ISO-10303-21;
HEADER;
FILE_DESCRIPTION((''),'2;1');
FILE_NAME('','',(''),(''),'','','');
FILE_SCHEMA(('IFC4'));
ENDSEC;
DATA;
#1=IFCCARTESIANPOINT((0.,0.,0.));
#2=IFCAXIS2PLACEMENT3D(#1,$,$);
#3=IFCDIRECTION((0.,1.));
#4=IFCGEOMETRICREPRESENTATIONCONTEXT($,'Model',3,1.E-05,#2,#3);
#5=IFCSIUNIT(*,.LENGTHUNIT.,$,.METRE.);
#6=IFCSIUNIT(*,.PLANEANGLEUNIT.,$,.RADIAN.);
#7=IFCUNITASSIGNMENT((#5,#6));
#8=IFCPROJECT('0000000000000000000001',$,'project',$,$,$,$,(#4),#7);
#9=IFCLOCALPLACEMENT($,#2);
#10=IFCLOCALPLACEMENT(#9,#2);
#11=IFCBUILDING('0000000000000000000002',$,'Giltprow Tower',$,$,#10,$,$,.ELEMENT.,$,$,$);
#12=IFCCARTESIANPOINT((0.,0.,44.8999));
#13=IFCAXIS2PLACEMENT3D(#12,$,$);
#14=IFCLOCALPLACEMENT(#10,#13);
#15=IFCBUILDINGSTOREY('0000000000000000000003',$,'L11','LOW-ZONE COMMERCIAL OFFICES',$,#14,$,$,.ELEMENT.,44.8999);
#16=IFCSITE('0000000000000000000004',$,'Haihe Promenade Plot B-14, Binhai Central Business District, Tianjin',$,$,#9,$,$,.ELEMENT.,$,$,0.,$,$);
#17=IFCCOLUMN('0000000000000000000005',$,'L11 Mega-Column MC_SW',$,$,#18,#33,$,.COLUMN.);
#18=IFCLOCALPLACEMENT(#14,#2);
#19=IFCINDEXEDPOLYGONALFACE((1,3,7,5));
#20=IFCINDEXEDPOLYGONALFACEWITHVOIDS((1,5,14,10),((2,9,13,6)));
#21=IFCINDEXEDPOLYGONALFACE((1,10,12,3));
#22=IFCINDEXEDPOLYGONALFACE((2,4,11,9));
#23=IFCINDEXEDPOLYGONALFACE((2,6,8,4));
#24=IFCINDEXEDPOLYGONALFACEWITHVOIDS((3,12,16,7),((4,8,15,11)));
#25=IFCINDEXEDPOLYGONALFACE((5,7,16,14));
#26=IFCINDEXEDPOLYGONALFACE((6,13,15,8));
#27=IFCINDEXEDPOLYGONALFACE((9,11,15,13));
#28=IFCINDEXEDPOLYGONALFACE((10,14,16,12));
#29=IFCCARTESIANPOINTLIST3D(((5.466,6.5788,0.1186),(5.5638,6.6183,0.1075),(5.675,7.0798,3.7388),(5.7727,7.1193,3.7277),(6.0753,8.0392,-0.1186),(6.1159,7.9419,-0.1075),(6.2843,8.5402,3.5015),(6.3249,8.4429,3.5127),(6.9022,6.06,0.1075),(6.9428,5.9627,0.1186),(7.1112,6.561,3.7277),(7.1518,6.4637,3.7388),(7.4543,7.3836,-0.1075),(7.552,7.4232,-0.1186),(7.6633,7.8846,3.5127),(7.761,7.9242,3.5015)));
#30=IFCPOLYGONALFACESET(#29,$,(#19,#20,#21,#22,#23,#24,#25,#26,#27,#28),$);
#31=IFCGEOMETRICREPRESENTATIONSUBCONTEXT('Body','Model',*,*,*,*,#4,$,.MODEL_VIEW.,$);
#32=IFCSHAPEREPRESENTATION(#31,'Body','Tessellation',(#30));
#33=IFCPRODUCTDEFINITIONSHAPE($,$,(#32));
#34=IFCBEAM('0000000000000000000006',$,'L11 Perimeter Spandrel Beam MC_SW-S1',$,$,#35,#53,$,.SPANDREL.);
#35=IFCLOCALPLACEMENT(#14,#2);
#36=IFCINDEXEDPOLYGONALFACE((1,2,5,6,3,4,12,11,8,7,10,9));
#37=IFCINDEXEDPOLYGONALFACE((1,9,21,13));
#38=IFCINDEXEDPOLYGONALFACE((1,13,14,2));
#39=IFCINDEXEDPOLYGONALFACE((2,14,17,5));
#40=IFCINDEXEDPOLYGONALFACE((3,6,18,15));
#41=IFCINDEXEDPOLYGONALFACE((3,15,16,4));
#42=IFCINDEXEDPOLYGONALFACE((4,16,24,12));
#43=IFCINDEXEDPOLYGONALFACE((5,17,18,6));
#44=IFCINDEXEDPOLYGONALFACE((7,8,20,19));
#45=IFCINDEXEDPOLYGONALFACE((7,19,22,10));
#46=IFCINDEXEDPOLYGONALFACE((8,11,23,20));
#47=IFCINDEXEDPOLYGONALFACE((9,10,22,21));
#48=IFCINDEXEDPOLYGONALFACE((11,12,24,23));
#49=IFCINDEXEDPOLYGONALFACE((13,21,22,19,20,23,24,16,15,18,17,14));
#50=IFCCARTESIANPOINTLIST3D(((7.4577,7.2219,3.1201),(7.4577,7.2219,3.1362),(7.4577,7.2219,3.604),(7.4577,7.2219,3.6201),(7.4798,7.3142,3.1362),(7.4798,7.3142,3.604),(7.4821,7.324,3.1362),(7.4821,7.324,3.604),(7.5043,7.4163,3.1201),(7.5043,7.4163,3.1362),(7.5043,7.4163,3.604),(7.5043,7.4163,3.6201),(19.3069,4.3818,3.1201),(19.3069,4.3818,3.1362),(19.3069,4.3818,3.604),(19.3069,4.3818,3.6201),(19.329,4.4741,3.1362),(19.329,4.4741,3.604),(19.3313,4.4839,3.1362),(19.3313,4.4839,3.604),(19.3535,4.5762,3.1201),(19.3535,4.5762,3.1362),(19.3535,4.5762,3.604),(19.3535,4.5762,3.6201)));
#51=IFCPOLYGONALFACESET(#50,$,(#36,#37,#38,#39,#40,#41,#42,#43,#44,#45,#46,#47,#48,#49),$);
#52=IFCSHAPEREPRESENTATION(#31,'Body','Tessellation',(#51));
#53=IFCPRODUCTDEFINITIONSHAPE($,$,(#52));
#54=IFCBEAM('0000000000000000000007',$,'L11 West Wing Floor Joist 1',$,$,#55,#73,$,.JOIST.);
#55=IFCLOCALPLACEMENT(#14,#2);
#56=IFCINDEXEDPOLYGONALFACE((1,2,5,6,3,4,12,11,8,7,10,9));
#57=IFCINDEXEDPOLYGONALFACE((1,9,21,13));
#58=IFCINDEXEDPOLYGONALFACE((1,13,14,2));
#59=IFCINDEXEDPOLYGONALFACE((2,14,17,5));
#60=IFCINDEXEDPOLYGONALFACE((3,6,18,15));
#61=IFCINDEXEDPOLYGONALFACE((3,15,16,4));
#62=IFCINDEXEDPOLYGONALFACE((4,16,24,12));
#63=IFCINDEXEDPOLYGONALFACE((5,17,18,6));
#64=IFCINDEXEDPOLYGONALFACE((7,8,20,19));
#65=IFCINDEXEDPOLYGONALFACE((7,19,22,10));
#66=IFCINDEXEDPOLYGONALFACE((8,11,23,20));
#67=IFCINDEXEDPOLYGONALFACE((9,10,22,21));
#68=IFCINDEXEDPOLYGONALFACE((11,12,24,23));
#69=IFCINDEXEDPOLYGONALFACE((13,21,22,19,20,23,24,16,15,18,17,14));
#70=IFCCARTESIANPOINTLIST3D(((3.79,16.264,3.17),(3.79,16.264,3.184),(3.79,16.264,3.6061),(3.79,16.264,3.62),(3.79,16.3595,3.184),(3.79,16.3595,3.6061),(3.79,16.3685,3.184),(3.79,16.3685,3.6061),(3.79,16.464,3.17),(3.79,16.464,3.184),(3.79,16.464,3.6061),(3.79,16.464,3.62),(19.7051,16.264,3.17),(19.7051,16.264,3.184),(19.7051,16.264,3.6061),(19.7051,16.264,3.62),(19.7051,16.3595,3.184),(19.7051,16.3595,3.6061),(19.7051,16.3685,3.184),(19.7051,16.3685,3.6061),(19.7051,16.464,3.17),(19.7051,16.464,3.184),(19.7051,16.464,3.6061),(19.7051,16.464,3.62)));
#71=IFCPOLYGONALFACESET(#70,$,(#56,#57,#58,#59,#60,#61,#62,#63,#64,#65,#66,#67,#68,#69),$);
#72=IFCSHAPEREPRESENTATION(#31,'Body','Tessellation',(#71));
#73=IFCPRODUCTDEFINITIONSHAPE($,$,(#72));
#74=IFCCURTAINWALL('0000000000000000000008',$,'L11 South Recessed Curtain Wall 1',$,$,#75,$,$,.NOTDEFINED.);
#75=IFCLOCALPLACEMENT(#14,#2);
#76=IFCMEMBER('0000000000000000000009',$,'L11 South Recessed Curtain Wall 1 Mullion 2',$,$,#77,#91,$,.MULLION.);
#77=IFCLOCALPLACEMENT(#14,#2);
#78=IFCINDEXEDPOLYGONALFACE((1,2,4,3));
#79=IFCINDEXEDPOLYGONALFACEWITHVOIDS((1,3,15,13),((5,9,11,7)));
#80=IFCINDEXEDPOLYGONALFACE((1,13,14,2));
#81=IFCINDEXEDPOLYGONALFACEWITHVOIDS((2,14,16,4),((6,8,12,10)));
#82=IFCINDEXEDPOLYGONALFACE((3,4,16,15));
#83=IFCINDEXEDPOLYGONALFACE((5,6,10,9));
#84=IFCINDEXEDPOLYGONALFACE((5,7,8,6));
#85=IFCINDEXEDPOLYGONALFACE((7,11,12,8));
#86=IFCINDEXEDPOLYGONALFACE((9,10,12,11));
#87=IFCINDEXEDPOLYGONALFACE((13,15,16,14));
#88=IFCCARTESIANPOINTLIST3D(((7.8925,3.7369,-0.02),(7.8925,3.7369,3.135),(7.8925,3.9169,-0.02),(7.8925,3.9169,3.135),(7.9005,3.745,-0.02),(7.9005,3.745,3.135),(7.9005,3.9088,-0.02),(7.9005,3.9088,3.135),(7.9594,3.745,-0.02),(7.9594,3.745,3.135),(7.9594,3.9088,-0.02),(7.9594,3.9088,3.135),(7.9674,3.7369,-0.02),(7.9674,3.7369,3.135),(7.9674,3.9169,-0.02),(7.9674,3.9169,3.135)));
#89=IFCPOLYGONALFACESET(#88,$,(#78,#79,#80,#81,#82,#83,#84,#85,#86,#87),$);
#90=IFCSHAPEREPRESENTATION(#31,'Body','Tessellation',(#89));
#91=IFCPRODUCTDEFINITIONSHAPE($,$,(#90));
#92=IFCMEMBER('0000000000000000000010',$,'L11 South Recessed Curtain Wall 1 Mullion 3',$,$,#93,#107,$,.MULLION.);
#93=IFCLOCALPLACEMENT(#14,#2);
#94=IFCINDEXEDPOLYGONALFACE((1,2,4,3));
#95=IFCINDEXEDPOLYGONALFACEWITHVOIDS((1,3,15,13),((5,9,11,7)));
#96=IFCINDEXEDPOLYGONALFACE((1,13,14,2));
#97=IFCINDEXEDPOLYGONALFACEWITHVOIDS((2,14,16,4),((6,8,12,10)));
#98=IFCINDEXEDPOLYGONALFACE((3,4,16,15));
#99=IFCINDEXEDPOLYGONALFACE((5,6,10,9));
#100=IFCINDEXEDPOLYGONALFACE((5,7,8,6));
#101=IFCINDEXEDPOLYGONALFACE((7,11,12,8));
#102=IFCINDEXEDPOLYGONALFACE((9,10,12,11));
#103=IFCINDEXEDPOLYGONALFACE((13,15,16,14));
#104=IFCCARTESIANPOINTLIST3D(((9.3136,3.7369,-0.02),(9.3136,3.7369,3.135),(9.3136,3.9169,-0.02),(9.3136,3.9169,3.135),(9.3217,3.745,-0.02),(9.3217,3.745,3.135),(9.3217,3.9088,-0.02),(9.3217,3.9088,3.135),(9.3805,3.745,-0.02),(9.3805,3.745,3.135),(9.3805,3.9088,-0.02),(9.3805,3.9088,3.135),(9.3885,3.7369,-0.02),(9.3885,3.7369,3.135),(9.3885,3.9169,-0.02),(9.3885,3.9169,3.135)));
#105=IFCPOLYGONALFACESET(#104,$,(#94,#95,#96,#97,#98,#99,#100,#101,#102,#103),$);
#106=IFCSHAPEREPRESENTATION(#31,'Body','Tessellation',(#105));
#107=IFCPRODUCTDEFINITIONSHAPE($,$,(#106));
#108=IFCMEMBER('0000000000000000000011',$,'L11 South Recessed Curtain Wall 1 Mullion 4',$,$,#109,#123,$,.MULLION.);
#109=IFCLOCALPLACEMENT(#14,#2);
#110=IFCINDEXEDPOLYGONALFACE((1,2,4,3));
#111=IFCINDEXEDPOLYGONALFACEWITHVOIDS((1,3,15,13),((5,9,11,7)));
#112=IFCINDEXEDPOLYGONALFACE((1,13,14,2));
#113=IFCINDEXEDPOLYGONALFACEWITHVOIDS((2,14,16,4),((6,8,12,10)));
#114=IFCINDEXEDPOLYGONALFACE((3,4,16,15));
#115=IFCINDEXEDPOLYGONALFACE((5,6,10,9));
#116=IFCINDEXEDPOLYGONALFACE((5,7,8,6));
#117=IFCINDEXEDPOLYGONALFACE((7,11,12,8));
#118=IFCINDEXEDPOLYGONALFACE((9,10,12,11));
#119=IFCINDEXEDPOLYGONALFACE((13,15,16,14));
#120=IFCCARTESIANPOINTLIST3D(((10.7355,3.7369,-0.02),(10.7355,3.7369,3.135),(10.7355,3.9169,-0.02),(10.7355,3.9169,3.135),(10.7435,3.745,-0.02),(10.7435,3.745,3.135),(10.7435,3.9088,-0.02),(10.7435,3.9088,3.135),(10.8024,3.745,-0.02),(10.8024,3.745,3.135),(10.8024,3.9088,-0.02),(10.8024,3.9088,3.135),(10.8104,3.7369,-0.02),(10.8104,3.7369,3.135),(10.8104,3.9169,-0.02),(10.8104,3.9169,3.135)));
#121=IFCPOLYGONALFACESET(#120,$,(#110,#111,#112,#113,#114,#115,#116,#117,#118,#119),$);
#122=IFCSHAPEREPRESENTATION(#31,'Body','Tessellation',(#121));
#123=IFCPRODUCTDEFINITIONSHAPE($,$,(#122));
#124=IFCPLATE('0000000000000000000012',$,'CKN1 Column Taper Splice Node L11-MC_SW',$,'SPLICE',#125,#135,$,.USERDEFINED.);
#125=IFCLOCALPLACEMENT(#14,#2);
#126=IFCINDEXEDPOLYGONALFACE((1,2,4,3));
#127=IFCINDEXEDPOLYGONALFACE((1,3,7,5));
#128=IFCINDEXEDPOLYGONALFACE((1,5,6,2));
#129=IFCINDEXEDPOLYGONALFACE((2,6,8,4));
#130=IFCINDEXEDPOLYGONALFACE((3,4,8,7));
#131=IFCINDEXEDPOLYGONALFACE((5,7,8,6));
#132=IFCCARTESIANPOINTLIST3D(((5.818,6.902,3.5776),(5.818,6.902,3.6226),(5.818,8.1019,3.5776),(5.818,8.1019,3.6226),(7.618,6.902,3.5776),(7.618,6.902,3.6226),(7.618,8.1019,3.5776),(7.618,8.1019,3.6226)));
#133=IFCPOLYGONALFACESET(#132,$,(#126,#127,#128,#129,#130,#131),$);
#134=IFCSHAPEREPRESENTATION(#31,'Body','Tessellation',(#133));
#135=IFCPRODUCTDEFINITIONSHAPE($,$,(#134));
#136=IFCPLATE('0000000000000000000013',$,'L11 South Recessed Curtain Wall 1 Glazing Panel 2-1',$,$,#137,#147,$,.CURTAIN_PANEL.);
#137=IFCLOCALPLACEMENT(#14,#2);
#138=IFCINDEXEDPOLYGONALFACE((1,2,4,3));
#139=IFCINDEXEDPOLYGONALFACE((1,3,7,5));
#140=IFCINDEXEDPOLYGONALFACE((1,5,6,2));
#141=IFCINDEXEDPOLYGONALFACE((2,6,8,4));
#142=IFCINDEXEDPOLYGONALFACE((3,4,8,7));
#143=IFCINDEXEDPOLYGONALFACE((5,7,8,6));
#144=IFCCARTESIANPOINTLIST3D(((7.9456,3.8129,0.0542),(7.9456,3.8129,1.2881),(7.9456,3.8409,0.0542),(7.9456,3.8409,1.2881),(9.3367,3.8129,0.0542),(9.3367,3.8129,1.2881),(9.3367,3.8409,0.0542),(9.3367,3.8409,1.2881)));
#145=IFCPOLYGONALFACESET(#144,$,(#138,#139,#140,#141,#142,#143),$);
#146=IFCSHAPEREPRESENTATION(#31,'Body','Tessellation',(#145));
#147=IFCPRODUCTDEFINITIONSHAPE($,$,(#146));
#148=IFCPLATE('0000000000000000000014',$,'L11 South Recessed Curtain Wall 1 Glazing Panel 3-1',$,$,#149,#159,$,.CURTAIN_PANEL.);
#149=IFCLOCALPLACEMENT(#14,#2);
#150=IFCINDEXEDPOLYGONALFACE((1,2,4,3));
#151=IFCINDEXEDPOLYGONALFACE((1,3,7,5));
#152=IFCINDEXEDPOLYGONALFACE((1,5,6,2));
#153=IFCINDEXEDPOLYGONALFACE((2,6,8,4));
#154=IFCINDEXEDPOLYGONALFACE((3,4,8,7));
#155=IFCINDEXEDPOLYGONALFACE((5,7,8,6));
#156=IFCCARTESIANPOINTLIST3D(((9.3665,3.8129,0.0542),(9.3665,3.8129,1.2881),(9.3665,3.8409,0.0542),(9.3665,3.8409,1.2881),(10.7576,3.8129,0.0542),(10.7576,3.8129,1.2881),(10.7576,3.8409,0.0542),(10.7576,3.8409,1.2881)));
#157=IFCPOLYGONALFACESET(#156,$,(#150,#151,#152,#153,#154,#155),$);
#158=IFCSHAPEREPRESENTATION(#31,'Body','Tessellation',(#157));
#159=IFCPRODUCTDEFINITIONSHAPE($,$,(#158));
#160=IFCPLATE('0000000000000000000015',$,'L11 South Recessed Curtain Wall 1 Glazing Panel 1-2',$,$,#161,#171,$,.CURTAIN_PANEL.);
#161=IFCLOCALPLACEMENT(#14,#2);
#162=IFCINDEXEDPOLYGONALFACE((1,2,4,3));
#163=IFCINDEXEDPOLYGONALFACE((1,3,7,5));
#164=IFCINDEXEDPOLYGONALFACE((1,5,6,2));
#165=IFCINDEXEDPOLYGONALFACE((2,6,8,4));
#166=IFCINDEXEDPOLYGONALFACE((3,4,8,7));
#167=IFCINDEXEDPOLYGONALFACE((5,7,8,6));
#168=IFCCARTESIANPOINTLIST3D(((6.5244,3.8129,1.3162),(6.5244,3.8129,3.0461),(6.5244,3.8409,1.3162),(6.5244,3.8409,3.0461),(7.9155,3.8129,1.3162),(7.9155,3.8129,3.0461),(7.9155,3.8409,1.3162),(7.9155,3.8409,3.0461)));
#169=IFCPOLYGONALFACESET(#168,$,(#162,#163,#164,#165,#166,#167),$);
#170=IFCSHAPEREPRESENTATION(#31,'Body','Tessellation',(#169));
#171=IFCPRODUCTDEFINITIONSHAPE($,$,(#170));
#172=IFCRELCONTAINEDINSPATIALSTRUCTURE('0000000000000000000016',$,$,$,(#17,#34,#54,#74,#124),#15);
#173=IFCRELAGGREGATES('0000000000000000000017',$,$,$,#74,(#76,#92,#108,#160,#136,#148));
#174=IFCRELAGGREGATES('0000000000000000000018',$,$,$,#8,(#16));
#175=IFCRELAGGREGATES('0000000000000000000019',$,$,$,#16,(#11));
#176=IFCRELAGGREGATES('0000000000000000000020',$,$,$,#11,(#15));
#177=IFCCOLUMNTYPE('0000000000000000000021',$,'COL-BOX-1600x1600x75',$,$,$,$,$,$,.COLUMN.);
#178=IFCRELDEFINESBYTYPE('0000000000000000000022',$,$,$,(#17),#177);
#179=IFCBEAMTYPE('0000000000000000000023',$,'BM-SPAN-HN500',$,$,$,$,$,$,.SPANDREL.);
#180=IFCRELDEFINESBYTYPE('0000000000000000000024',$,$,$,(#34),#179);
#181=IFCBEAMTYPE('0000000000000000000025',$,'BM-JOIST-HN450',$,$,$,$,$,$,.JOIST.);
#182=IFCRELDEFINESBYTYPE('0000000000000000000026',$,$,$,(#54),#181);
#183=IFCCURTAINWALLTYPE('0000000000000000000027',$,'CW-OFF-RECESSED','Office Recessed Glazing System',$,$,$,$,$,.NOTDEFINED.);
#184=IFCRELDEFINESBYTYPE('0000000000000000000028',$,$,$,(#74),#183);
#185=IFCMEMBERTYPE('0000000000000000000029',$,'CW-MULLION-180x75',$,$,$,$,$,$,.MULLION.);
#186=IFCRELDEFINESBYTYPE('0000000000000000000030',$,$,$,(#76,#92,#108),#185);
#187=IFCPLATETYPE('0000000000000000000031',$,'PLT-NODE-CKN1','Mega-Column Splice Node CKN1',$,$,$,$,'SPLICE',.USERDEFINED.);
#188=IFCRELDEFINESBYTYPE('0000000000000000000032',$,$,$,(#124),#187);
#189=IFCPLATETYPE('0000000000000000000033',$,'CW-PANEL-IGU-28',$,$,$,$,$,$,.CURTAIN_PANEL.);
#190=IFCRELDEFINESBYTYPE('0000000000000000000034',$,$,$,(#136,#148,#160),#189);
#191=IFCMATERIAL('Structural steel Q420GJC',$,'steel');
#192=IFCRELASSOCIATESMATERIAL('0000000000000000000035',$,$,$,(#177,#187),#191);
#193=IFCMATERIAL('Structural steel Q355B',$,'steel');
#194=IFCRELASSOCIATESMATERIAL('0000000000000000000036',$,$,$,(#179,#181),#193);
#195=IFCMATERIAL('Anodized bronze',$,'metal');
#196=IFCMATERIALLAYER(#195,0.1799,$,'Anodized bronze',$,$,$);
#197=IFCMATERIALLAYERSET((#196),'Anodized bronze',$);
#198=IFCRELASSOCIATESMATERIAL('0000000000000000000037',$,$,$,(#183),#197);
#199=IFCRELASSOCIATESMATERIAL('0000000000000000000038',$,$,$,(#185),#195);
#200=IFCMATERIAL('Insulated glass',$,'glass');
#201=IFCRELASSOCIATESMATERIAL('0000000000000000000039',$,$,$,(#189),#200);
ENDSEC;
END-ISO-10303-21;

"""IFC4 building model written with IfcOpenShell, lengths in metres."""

from ifc_helpers import new_model, si_unit, direction, frame, origin, origin_2d, place, context, subcontext, project, spatial, rectangle, hollow_rectangle, i_section, extrude, source, transform, mapped, material, layer, layer_set, material_profile, profile_set, type_object, element, aggregate, save


model = new_model("IFC4")

# Units and contexts
model_context = context("Model", 3, precision=1e-05, world=origin(), true_north=direction((0.0, 1.0)))
body_context = subcontext(model_context, "Body", "Model", "MODEL_VIEW")
ifc_project = project(units=[si_unit("LENGTHUNIT", "METRE"), si_unit("PLANEANGLEUNIT", "RADIAN")], contexts=[model_context])

# Site, building, storey
site_placement = place(None, origin())
site = spatial("IfcSite", under=ifc_project, at=site_placement, Name="Haihe Promenade Plot B-14, Binhai Central Business District, Tianjin", CompositionType="ELEMENT", RefElevation=0.0)
building_placement = place(site_placement, origin())
building = spatial("IfcBuilding", under=site, at=building_placement, Name="Giltprow Tower", CompositionType="ELEMENT")
storey_placement = place(building_placement, frame((0.0, 0.0, 44.8999)))
storey = spatial("IfcBuildingStorey", under=building, at=storey_placement, Name="L11", Description="LOW-ZONE COMMERCIAL OFFICES", CompositionType="ELEMENT", Elevation=44.8999)

# Column
ifc_material_1 = material(Name="Structural steel Q420GJC", Category="steel")
ifc_material_profile_1 = material_profile(ifc_material_1, hollow_rectangle(XDim=1.6001, YDim=1.6001, WallThickness=0.075, at=origin_2d()), Name="BOX 1600x1600x75")
ifc_profile_set_1 = profile_set([ifc_material_profile_1], Name="Structural steel Q420GJC")
column_type = type_object("IfcColumnType", Name="COL-BOX-1600x1600x75", PredefinedType="COLUMN", material=ifc_profile_set_1)
shared_shape_1 = source(origin(), body_context, "Body", "SweptSolid", [
    extrude(hollow_rectangle(XDim=1.6001, YDim=1.6001, WallThickness=0.075, at=origin_2d()), origin(), (0.0, 0.0, 1.0), 3.6606),
])
column_placement = place(storey_placement, frame((6.509, 7.001, 0.0), z_axis=(0.05709, 0.136857, 0.988944), x_axis=(-0.922917, 0.384999, 0.0)))
element("IfcColumn", 1, at=column_placement, inside=storey, type_object=column_type, Name="L11 Mega-Column MC_SW", PredefinedType="COLUMN", context=body_context, shape_type="MappedRepresentation", body=[
    mapped(shared_shape_1, transform((0.0, 0.0, 0.0), x_axis=(1.0, 0.0, 0.0), y_axis=(0.0, 1.0, 0.0), z_axis=(0.0, 0.0, 1.0), scale=1.0)),
])

# Beams
ifc_material_2 = material(Name="Structural steel Q355B", Category="steel")
ifc_material_profile_2 = material_profile(ifc_material_2, i_section(OverallWidth=0.2, OverallDepth=0.5, WebThickness=0.01, FlangeThickness=0.0161, at=origin_2d()), Name="HN 500x200x10x16")
ifc_profile_set_2 = profile_set([ifc_material_profile_2], Name="Structural steel Q355B")
beam_type_1 = type_object("IfcBeamType", Name="BM-SPAN-HN500", PredefinedType="SPANDREL", material=ifc_profile_set_2)
shared_shape_2 = source(origin(), body_context, "Body", "SweptSolid", [
    extrude(i_section(OverallWidth=0.2, OverallDepth=0.5, WebThickness=0.01, FlangeThickness=0.0161, at=origin_2d()), origin(), (0.0, 0.0, 1.0), 12.1848),
])
beam_1_placement = place(storey_placement, frame((7.481, 7.3191, 3.3701), z_axis=(0.972456, -0.233086, 0.0), x_axis=(0.233086, 0.972456, 0.0)))
element("IfcBeam", 2, at=beam_1_placement, inside=storey, type_object=beam_type_1, Name="L11 Perimeter Spandrel Beam MC_SW-S1", PredefinedType="SPANDREL", context=body_context, shape_type="MappedRepresentation", body=[
    mapped(shared_shape_2, transform((0.0, 0.0, 0.0), x_axis=(1.0, 0.0, 0.0), y_axis=(0.0, 1.0, 0.0), z_axis=(0.0, 0.0, 1.0), scale=1.0)),
])
ifc_material_profile_3 = material_profile(ifc_material_2, i_section(OverallWidth=0.2, OverallDepth=0.45, WebThickness=0.009, FlangeThickness=0.0139, at=origin_2d()), Name="HN 450x200x9x14")
ifc_profile_set_3 = profile_set([ifc_material_profile_3], Name="Structural steel Q355B")
beam_type_2 = type_object("IfcBeamType", Name="BM-JOIST-HN450", PredefinedType="JOIST", material=ifc_profile_set_3)
shared_shape_3 = source(origin(), body_context, "Body", "SweptSolid", [
    extrude(i_section(OverallWidth=0.2, OverallDepth=0.45, WebThickness=0.009, FlangeThickness=0.0139, at=origin_2d()), origin(), (0.0, 0.0, 1.0), 15.915),
])
beam_2_placement = place(storey_placement, frame((3.79, 16.364, 3.395), z_axis=(1.0, 0.0, 0.0), x_axis=(0.0, 1.0, 0.0)))
element("IfcBeam", 3, at=beam_2_placement, inside=storey, type_object=beam_type_2, Name="L11 West Wing Floor Joist 1", PredefinedType="JOIST", context=body_context, shape_type="MappedRepresentation", body=[
    mapped(shared_shape_3, transform((0.0, 0.0, 0.0), x_axis=(1.0, 0.0, 0.0), y_axis=(0.0, 1.0, 0.0), z_axis=(0.0, 0.0, 1.0), scale=1.0)),
])

# Curtain wall, members
ifc_material_3 = material(Name="Anodized bronze", Category="metal")
ifc_layer_1 = layer(ifc_material_3, 0.1799, Name="Anodized bronze")
ifc_layer_set_1 = layer_set([ifc_layer_1], Name="Anodized bronze")
curtain_wall_type = type_object("IfcCurtainWallType", Name="CW-OFF-RECESSED", Description="Office Recessed Glazing System", PredefinedType="NOTDEFINED", material=ifc_layer_set_1)
curtain_wall_placement = place(storey_placement, origin())
curtain_wall = element("IfcCurtainWall", 4, at=curtain_wall_placement, inside=storey, type_object=curtain_wall_type, Name="L11 South Recessed Curtain Wall 1", PredefinedType="NOTDEFINED")
ifc_material_profile_4 = material_profile(ifc_material_3, hollow_rectangle(XDim=0.075, YDim=0.1799, WallThickness=0.0081, at=origin_2d()), Name="RHS 180x75x8")
ifc_profile_set_4 = profile_set([ifc_material_profile_4], Name="Anodized bronze")
member_type = type_object("IfcMemberType", Name="CW-MULLION-180x75", PredefinedType="MULLION", material=ifc_profile_set_4)
shared_shape_4 = source(origin(), body_context, "Body", "SweptSolid", [
    extrude(hollow_rectangle(XDim=0.075, YDim=0.1799, WallThickness=0.0081, at=origin_2d()), origin(), (0.0, 0.0, 1.0), 3.155),
])
member_1_placement = place(storey_placement, frame((7.9299, 3.8269, -0.02), z_axis=(0.0, 0.0, 1.0), x_axis=(1.0, 0.0, 0.0)))
member_1 = element("IfcMember", 5, at=member_1_placement, type_object=member_type, Name="L11 South Recessed Curtain Wall 1 Mullion 2", PredefinedType="MULLION", context=body_context, shape_type="MappedRepresentation", body=[
    mapped(shared_shape_4, transform((0.0, 0.0, 0.0), x_axis=(1.0, 0.0, 0.0), y_axis=(0.0, 1.0, 0.0), z_axis=(0.0, 0.0, 1.0), scale=1.0)),
])
member_2_placement = place(storey_placement, frame((9.3511, 3.8269, -0.02), z_axis=(0.0, 0.0, 1.0), x_axis=(1.0, 0.0, 0.0)))
member_2 = element("IfcMember", 6, at=member_2_placement, type_object=member_type, Name="L11 South Recessed Curtain Wall 1 Mullion 3", PredefinedType="MULLION", context=body_context, shape_type="MappedRepresentation", body=[
    mapped(shared_shape_4, transform((0.0, 0.0, 0.0), x_axis=(1.0, 0.0, 0.0), y_axis=(0.0, 1.0, 0.0), z_axis=(0.0, 0.0, 1.0), scale=1.0)),
])
member_3_placement = place(storey_placement, frame((10.7729, 3.8269, -0.02), z_axis=(0.0, 0.0, 1.0), x_axis=(1.0, 0.0, 0.0)))
member_3 = element("IfcMember", 7, at=member_3_placement, type_object=member_type, Name="L11 South Recessed Curtain Wall 1 Mullion 4", PredefinedType="MULLION", context=body_context, shape_type="MappedRepresentation", body=[
    mapped(shared_shape_4, transform((0.0, 0.0, 0.0), x_axis=(1.0, 0.0, 0.0), y_axis=(0.0, 1.0, 0.0), z_axis=(0.0, 0.0, 1.0), scale=1.0)),
])

# Plates
plate_type_1 = type_object("IfcPlateType", Name="PLT-NODE-CKN1", Description="Mega-Column Splice Node CKN1", ElementType="SPLICE", PredefinedType="USERDEFINED", material=ifc_material_1)
shared_shape_5 = source(origin(), body_context, "Body", "SweptSolid", [
    extrude(rectangle(XDim=1.8, YDim=1.2, at=origin_2d()), origin(), (0.0, 0.0, 1.0), 0.0449),
])
plate_1_placement = place(storey_placement, frame((6.718, 7.502, 3.5776), z_axis=(0.0, 0.0, 1.0), x_axis=(1.0, 0.0, 0.0)))
element("IfcPlate", 8, at=plate_1_placement, inside=storey, type_object=plate_type_1, Name="CKN1 Column Taper Splice Node L11-MC_SW", ObjectType="SPLICE", PredefinedType="USERDEFINED", context=body_context, shape_type="MappedRepresentation", body=[
    mapped(shared_shape_5, transform((0.0, 0.0, 0.0), x_axis=(1.0, 0.0, 0.0), y_axis=(0.0, 1.0, 0.0), z_axis=(0.0, 0.0, 1.0), scale=1.0)),
])
ifc_material_4 = material(Name="Insulated glass", Category="glass")
plate_type_2 = type_object("IfcPlateType", Name="CW-PANEL-IGU-28", PredefinedType="CURTAIN_PANEL", material=ifc_material_4)
shared_shape_6 = source(origin(), body_context, "Body", "SweptSolid", [
    extrude(rectangle(XDim=1.3911, YDim=0.0281, at=origin_2d()), origin(), (0.0, 0.0, 1.0), 1.2339),
])
plate_2_placement = place(storey_placement, frame((8.6411, 3.8269, 0.0542), z_axis=(0.0, 0.0, 1.0), x_axis=(1.0, 0.0, 0.0)))
plate_2 = element("IfcPlate", 9, at=plate_2_placement, type_object=plate_type_2, Name="L11 South Recessed Curtain Wall 1 Glazing Panel 2-1", PredefinedType="CURTAIN_PANEL", context=body_context, shape_type="MappedRepresentation", body=[
    mapped(shared_shape_6, transform((0.0, 0.0, 0.0), x_axis=(1.0, 0.0, 0.0), y_axis=(0.0, 1.0, 0.0), z_axis=(0.0, 0.0, 1.0), scale=1.0)),
])
plate_3_placement = place(storey_placement, frame((10.062, 3.8269, 0.0542), z_axis=(0.0, 0.0, 1.0), x_axis=(1.0, 0.0, 0.0)))
plate_3 = element("IfcPlate", 10, at=plate_3_placement, type_object=plate_type_2, Name="L11 South Recessed Curtain Wall 1 Glazing Panel 3-1", PredefinedType="CURTAIN_PANEL", context=body_context, shape_type="MappedRepresentation", body=[
    mapped(shared_shape_6, transform((0.0, 0.0, 0.0), x_axis=(1.0, 0.0, 0.0), y_axis=(0.0, 1.0, 0.0), z_axis=(0.0, 0.0, 1.0), scale=1.0)),
])
shared_shape_7 = source(origin(), body_context, "Body", "SweptSolid", [
    extrude(rectangle(XDim=1.3911, YDim=0.0281, at=origin_2d()), origin(), (0.0, 0.0, 1.0), 1.73),
])
plate_4_placement = place(storey_placement, frame((7.22, 3.8269, 1.3162), z_axis=(0.0, 0.0, 1.0), x_axis=(1.0, 0.0, 0.0)))
plate_4 = element("IfcPlate", 11, at=plate_4_placement, type_object=plate_type_2, Name="L11 South Recessed Curtain Wall 1 Glazing Panel 1-2", PredefinedType="CURTAIN_PANEL", context=body_context, shape_type="MappedRepresentation", body=[
    mapped(shared_shape_7, transform((0.0, 0.0, 0.0), x_axis=(1.0, 0.0, 0.0), y_axis=(0.0, 1.0, 0.0), z_axis=(0.0, 0.0, 1.0), scale=1.0)),
])
aggregate(curtain_wall, [member_1, member_2, member_3, plate_4, plate_2, plate_3])

save(model, "model.ifc")
